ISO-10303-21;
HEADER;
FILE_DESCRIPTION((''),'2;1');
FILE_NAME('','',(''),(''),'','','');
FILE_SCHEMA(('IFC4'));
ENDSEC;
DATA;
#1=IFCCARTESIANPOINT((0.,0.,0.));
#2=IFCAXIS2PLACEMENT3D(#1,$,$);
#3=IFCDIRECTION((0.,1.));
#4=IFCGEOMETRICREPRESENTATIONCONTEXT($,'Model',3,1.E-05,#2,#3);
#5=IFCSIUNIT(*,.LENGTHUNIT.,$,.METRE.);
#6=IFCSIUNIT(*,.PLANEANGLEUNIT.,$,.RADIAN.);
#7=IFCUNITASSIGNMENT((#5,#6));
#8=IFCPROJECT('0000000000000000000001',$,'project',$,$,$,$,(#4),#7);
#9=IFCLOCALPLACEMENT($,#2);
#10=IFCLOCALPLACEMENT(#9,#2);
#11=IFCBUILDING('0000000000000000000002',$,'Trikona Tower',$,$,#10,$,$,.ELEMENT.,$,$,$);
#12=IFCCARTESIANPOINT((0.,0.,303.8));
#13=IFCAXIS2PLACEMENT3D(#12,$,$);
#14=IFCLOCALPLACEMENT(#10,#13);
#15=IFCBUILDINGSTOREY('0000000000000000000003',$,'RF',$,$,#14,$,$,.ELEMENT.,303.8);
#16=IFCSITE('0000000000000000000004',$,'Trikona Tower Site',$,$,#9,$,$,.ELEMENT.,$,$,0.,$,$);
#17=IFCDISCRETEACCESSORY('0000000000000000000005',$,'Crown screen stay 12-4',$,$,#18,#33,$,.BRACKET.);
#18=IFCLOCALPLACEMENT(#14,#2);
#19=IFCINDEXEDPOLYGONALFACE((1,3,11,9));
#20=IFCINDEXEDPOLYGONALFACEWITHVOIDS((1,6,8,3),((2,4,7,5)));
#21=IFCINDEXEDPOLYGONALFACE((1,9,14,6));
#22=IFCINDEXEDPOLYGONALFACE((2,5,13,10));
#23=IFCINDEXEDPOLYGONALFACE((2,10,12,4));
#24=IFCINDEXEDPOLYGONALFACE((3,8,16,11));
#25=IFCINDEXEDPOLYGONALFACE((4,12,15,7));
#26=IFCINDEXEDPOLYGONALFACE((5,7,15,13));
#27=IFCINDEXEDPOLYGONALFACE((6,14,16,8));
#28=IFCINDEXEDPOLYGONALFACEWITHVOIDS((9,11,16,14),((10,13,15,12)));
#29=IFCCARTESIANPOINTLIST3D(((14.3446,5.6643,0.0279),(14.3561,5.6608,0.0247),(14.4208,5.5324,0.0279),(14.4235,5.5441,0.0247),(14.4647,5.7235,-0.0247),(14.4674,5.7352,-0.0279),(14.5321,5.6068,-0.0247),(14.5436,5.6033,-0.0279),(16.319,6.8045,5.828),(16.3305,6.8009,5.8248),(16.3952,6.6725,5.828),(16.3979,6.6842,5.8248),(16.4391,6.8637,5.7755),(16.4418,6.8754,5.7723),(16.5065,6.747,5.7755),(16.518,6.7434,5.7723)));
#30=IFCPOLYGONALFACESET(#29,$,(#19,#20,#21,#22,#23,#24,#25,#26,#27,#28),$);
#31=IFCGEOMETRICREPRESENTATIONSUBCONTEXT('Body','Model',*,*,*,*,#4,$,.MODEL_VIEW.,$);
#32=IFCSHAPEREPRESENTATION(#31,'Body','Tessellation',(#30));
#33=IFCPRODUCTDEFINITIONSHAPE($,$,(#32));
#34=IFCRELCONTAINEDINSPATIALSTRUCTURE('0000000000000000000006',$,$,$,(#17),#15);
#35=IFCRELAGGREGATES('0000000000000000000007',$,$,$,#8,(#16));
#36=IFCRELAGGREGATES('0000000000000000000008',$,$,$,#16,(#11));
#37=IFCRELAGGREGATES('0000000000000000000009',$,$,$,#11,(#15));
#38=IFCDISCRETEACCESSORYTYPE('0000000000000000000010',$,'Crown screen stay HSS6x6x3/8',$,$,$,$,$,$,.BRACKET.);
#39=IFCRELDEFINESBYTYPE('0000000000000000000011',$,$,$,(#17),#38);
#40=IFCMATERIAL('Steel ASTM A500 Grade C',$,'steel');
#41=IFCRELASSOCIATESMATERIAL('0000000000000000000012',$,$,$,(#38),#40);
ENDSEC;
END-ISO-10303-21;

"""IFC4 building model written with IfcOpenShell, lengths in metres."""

from ifc_helpers import new_model, si_unit, direction, frame, origin, origin_2d, place, context, subcontext, project, spatial, hollow_rectangle, extrude, material, material_profile, profile_set, type_object, element, save


model = new_model("IFC4")

# Units and contexts
model_context = context("Model", 3, precision=1e-05, world=origin(), true_north=direction((0.0, 1.0)))
body_context = subcontext(model_context, "Body", "Model", "MODEL_VIEW")
ifc_project = project(units=[si_unit("LENGTHUNIT", "METRE"), si_unit("PLANEANGLEUNIT", "RADIAN")], contexts=[model_context])

# Site, building, storey
site_placement = place(None, origin())
site = spatial("IfcSite", under=ifc_project, at=site_placement, Name="Trikona Tower Site", CompositionType="ELEMENT", RefElevation=0.0)
building_placement = place(site_placement, origin())
building = spatial("IfcBuilding", under=site, at=building_placement, Name="Trikona Tower", CompositionType="ELEMENT")
storey_placement = place(building_placement, frame((0.0, 0.0, 303.8)))
storey = spatial("IfcBuildingStorey", under=building, at=storey_placement, Name="RF", CompositionType="ELEMENT", Elevation=303.8)

# Discrete accessory
ifc_material_1 = material(Name="Steel ASTM A500 Grade C", Category="steel")
ifc_material_profile = material_profile(ifc_material_1, hollow_rectangle(XDim=0.1523, YDim=0.1523, WallThickness=0.0088, at=origin_2d()), Name="HSS6X6X3/8")
ifc_profile_set = profile_set([ifc_material_profile], Name="Steel ASTM A500 Grade C")
discrete_accessory_type_1 = type_object("IfcDiscreteAccessoryType", Name="Crown screen stay HSS6x6x3/8", PredefinedType="BRACKET", material=ifc_profile_set)
for number, where, z_axis, x_axis, name in (
    (1, (14.4441, 5.6338, 0.0), (0.316808, 0.182947, 0.930679), (-0.500078, 0.86598, 0.0), "Crown screen stay 12-4"),
):
    element("IfcDiscreteAccessory", number, at=place(storey_placement, frame(where, z_axis=z_axis, x_axis=x_axis)), inside=storey, type_object=discrete_accessory_type_1, Name=name, PredefinedType="BRACKET", context=body_context, shape_type="SweptSolid", body=[
        extrude(hollow_rectangle(XDim=0.1523, YDim=0.1523, WallThickness=0.0088, at=origin_2d()), origin(), (0.0, 0.0, 1.0), 6.2322),
    ])

save(model, "model.ifc")
